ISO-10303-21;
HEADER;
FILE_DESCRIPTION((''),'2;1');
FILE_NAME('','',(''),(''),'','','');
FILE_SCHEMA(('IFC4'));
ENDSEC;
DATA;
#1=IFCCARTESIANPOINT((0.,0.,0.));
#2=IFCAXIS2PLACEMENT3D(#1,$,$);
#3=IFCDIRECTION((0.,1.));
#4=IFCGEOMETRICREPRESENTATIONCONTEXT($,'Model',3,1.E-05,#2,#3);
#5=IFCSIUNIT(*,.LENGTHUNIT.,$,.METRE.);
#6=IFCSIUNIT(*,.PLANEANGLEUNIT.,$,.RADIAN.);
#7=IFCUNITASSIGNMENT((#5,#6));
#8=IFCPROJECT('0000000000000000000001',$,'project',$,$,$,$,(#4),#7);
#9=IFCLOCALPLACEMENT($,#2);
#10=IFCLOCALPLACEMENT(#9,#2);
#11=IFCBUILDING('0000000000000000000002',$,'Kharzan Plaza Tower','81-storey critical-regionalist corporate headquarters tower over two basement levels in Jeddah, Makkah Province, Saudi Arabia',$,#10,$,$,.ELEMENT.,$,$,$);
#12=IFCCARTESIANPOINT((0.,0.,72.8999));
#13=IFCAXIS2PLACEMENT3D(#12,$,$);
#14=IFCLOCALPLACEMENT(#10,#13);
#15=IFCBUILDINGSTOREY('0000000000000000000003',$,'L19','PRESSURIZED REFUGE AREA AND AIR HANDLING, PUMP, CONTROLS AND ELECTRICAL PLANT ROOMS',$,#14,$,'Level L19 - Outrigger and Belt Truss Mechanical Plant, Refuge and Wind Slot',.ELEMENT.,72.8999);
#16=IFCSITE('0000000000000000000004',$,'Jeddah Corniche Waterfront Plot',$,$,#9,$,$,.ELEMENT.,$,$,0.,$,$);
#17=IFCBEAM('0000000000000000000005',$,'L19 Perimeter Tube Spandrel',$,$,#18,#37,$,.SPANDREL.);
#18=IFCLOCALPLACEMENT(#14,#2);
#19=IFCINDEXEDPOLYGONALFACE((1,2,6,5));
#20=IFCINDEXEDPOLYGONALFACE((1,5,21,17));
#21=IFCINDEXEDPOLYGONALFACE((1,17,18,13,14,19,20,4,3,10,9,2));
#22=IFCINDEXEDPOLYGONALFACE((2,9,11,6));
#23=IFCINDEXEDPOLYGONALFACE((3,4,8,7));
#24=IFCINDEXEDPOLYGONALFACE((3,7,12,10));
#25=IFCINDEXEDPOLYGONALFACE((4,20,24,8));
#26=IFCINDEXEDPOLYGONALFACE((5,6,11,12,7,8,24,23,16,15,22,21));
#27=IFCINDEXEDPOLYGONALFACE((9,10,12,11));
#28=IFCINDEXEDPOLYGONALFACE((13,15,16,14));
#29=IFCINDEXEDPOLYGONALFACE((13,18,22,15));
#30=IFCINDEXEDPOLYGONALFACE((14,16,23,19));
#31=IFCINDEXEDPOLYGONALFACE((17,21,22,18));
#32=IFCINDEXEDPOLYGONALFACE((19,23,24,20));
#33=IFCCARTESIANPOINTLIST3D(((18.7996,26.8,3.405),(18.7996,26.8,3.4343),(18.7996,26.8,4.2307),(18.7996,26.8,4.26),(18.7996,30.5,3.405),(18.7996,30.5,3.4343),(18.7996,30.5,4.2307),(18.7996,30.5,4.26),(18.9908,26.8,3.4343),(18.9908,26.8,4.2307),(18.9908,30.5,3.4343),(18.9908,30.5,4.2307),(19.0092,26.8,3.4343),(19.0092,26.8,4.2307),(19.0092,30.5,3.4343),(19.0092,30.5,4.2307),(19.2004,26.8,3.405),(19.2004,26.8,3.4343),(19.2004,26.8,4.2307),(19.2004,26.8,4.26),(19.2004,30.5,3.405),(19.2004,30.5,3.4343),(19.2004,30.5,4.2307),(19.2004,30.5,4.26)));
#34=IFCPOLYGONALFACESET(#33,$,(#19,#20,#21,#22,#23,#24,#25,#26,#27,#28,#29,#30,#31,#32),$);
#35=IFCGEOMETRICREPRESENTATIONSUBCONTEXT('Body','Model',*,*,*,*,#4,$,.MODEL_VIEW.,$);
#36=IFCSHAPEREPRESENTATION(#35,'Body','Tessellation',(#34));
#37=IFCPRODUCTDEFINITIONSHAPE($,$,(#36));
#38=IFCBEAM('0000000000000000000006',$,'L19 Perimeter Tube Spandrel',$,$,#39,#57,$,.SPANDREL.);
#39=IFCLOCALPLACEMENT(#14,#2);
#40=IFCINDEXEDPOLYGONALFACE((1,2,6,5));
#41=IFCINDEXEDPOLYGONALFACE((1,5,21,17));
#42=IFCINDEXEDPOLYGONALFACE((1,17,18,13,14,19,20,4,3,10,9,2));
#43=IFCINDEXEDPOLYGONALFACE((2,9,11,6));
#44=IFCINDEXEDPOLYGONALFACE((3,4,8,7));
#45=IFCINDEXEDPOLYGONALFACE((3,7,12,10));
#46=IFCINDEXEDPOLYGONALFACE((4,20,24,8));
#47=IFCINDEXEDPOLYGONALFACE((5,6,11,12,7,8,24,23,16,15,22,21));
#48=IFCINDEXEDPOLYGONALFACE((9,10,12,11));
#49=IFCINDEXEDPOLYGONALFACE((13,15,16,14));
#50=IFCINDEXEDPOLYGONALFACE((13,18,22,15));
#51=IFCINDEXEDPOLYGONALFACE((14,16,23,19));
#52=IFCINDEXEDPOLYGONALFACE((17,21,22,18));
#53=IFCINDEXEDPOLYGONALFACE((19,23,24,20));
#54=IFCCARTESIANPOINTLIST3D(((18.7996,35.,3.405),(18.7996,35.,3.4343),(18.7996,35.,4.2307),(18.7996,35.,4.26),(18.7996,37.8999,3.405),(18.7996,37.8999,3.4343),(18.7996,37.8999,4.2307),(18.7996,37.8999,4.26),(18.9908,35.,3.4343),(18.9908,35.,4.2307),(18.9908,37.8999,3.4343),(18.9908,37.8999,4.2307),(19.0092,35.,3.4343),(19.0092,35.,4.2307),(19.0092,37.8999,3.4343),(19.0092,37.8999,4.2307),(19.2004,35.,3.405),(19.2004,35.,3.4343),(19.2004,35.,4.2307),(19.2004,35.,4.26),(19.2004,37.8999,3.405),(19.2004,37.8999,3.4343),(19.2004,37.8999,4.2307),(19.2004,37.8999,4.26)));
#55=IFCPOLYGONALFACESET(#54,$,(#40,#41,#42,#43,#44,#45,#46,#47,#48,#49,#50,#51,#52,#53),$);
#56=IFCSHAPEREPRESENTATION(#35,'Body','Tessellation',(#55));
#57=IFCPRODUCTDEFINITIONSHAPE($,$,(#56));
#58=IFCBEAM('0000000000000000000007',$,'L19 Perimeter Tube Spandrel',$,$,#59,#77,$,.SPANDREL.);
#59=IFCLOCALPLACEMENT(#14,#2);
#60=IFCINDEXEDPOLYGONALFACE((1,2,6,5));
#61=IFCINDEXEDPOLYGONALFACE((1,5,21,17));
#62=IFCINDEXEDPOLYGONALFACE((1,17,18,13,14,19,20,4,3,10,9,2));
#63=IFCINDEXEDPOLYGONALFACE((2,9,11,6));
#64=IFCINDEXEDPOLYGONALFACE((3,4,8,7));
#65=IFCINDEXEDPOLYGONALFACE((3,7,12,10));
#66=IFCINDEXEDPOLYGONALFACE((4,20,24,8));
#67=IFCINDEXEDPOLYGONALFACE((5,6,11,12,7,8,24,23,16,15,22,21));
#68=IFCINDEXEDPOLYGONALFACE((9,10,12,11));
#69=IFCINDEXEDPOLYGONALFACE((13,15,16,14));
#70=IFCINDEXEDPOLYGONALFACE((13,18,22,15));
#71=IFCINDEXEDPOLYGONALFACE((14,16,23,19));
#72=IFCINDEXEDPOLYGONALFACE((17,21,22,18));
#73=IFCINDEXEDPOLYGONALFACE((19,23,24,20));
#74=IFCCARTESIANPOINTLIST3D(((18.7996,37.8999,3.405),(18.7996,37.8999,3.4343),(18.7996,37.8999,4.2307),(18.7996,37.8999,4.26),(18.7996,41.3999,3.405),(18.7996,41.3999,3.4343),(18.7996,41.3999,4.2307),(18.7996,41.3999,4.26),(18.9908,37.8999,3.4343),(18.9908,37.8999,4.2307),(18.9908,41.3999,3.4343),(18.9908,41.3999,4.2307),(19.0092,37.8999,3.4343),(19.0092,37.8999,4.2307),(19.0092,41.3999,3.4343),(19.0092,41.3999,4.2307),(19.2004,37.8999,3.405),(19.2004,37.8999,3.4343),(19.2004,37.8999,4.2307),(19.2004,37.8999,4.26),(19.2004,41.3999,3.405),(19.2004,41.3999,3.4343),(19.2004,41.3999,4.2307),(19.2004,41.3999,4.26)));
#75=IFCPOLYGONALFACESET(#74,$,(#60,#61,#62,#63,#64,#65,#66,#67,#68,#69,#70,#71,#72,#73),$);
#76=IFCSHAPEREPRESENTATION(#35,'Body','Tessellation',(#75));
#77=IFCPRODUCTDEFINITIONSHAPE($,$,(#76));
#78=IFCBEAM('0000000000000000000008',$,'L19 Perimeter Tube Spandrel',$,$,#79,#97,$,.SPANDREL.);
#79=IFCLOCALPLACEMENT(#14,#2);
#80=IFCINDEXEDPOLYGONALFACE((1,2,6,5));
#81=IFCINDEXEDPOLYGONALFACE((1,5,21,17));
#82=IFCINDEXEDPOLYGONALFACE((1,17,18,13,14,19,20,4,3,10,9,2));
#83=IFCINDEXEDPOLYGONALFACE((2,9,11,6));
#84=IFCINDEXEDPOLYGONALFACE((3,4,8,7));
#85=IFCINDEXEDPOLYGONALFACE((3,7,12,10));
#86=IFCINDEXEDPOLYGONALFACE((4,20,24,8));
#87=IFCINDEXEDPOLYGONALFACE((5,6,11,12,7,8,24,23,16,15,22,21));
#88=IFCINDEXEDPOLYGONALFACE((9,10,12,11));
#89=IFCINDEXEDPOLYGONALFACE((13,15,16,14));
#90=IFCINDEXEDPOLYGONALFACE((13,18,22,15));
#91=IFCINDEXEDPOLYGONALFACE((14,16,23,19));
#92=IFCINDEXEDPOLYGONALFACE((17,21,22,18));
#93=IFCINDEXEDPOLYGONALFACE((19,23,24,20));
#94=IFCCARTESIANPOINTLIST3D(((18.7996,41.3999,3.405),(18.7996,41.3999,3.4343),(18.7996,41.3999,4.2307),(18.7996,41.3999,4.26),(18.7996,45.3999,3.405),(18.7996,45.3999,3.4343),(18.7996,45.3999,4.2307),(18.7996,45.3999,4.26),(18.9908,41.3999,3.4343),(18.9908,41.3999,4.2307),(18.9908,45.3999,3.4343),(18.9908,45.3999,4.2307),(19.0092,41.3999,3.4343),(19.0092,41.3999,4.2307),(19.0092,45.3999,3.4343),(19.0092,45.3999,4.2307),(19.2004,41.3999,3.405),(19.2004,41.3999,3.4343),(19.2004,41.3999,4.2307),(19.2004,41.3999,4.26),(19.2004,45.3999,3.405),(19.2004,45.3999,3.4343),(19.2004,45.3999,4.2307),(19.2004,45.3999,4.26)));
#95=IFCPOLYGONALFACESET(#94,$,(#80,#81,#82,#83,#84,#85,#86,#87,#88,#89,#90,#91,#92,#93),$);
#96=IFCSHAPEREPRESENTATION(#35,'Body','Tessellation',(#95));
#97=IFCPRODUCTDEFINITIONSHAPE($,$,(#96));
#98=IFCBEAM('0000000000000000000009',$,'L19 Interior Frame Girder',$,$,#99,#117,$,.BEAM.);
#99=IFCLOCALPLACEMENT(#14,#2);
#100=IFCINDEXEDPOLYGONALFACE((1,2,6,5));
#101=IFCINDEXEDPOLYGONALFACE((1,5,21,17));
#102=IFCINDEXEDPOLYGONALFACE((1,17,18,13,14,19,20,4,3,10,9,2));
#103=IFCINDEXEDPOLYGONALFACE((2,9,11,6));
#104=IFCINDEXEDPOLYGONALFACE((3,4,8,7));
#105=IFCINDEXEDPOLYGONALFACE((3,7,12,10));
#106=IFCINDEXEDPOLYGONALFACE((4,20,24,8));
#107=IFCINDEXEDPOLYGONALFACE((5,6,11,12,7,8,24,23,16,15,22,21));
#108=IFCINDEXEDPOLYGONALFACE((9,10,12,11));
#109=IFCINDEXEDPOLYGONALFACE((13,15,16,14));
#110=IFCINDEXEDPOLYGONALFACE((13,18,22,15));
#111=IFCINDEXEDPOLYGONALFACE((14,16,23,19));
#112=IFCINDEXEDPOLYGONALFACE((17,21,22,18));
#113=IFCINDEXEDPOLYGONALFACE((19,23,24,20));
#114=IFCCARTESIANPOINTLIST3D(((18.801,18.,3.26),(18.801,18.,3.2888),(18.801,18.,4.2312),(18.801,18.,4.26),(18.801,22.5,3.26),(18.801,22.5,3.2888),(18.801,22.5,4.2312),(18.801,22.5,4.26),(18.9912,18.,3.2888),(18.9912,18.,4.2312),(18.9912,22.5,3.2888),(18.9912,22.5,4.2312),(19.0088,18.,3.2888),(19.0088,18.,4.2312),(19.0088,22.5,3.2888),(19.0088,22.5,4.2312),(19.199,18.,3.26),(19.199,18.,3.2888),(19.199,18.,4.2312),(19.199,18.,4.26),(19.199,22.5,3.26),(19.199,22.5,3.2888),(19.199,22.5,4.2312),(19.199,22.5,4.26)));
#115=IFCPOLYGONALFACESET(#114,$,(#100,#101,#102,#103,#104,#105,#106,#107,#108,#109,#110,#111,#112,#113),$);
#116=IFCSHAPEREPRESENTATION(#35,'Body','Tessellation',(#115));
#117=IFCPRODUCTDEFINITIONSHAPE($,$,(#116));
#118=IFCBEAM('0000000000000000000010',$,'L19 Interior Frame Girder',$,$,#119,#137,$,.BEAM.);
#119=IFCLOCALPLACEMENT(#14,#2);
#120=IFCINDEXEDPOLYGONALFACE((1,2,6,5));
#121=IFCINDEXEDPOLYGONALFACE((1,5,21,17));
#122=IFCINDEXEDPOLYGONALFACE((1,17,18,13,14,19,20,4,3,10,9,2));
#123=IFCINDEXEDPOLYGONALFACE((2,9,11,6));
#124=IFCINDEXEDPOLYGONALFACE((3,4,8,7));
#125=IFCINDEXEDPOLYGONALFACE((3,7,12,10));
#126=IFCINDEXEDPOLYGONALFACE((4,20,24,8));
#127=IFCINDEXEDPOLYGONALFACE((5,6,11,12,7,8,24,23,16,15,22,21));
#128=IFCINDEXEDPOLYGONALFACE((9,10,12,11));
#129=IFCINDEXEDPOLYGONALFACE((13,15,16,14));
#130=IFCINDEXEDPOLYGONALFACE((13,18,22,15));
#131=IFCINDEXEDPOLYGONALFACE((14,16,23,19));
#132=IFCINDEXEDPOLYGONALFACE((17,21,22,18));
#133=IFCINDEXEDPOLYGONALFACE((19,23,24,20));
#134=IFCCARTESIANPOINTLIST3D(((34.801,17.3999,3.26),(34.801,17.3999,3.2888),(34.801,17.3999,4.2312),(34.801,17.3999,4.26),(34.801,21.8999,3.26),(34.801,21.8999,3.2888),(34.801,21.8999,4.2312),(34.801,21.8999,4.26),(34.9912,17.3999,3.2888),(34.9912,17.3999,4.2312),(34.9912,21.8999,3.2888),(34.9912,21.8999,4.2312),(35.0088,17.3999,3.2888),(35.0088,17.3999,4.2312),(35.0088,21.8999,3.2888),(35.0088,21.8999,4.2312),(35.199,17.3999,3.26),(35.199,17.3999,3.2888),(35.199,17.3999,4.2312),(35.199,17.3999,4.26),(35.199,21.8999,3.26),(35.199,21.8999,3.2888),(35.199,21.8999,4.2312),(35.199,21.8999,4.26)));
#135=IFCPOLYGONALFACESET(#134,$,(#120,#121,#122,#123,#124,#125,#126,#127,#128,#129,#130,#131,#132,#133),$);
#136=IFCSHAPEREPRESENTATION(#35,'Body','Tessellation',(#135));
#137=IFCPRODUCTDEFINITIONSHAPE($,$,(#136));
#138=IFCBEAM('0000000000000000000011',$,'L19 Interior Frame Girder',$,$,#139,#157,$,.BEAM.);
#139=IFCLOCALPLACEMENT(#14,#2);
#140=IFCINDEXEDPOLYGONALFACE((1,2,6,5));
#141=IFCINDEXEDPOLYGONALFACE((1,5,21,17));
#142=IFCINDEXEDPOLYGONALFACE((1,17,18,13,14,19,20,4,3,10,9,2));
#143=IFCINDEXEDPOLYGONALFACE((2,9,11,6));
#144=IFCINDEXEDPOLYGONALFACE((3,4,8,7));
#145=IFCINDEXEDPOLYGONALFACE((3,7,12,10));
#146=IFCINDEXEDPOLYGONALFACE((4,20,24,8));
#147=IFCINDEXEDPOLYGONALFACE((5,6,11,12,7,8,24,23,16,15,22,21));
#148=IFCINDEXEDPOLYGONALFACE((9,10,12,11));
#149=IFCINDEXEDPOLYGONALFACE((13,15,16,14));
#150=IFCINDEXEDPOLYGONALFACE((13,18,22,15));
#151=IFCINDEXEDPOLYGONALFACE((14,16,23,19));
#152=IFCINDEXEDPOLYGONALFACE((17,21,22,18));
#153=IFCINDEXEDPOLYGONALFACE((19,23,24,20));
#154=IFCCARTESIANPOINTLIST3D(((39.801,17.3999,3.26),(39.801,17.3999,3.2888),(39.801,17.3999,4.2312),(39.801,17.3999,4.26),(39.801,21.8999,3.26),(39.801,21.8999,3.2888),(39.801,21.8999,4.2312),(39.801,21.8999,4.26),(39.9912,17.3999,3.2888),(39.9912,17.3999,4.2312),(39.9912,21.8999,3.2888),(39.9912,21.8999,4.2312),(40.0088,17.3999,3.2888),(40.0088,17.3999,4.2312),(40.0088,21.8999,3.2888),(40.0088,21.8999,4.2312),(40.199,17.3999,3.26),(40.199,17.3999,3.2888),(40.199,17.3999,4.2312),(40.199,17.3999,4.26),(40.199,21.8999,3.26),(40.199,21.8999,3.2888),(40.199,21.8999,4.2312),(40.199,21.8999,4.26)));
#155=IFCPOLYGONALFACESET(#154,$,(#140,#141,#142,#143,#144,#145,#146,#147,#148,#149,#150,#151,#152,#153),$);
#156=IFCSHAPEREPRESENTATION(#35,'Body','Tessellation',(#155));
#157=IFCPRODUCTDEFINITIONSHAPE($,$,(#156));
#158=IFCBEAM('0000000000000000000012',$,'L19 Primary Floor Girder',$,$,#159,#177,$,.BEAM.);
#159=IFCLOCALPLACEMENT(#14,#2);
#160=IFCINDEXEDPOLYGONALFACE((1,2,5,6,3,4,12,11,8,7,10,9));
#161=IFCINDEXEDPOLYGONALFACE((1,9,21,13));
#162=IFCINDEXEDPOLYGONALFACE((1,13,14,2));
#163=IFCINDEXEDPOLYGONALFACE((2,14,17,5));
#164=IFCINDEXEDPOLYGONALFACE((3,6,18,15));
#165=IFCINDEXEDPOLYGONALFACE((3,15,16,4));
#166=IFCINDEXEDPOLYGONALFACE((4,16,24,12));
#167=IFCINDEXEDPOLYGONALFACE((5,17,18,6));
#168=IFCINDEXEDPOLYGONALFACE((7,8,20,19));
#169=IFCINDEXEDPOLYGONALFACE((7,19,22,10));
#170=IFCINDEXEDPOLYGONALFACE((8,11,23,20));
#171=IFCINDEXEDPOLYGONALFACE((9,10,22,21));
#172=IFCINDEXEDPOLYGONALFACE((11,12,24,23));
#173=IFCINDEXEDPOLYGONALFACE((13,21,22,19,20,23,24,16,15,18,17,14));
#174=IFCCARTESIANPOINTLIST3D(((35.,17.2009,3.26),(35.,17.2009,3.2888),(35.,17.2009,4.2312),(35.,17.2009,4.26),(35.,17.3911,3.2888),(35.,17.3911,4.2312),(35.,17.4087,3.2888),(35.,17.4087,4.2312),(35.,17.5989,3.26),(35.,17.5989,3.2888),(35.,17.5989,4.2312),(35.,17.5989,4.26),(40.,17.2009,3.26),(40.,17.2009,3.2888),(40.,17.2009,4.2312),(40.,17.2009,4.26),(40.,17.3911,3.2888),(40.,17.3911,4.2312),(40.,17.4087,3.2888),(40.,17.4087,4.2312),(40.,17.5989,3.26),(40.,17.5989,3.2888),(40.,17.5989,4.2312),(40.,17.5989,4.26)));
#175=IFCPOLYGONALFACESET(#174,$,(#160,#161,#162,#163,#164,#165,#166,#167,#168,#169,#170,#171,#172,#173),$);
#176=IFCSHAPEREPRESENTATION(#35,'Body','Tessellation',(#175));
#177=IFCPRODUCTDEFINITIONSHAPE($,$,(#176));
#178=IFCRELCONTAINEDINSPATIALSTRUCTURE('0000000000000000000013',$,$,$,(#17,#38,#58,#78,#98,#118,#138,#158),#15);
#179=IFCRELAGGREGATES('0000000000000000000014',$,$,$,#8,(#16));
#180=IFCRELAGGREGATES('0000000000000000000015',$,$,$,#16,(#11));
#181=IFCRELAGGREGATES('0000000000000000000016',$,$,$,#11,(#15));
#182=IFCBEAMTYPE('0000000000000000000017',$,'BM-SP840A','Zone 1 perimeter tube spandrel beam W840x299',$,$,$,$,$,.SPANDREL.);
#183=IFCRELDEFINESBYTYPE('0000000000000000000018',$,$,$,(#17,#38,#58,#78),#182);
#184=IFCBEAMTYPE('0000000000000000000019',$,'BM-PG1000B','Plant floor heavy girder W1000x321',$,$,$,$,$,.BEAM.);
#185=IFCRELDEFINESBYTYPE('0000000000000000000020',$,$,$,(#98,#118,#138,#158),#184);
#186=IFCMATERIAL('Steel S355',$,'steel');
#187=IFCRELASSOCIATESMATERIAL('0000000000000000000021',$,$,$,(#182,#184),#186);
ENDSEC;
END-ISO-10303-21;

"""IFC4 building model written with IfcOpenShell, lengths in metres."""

from ifc_helpers import new_model, si_unit, direction, frame, origin, origin_2d, place, context, subcontext, project, spatial, i_section, extrude, source, transform, mapped, material, material_profile, profile_set, type_object, element, save


model = new_model("IFC4")

# Units and contexts
model_context = context("Model", 3, precision=1e-05, world=origin(), true_north=direction((0.0, 1.0)))
body_context = subcontext(model_context, "Body", "Model", "MODEL_VIEW")
ifc_project = project(units=[si_unit("LENGTHUNIT", "METRE"), si_unit("PLANEANGLEUNIT", "RADIAN")], contexts=[model_context])

# Site, building, storey
site_placement = place(None, origin())
site = spatial("IfcSite", under=ifc_project, at=site_placement, Name="Jeddah Corniche Waterfront Plot", CompositionType="ELEMENT", RefElevation=0.0)
building_placement = place(site_placement, origin())
building = spatial("IfcBuilding", under=site, at=building_placement, Name="Kharzan Plaza Tower", Description="81-storey critical-regionalist corporate headquarters tower over two basement levels in Jeddah, Makkah Province, Saudi Arabia", CompositionType="ELEMENT")
storey_placement = place(building_placement, frame((0.0, 0.0, 72.8999)))
storey = spatial("IfcBuildingStorey", under=building, at=storey_placement, Name="L19", Description="PRESSURIZED REFUGE AREA AND AIR HANDLING, PUMP, CONTROLS AND ELECTRICAL PLANT ROOMS", LongName="Level L19 - Outrigger and Belt Truss Mechanical Plant, Refuge and Wind Slot", CompositionType="ELEMENT", Elevation=72.8999)

# Beams
ifc_material_1 = material(Name="Steel S355", Category="steel")
ifc_material_profile_1 = material_profile(ifc_material_1, i_section(OverallWidth=0.4009, OverallDepth=0.855, WebThickness=0.0183, FlangeThickness=0.0293, at=origin_2d()), Name="W840x299")
ifc_profile_set_1 = profile_set([ifc_material_profile_1], Name="Steel S355")
beam_type_1 = type_object("IfcBeamType", Name="BM-SP840A", Description="Zone 1 perimeter tube spandrel beam W840x299", PredefinedType="SPANDREL", material=ifc_profile_set_1)
shared_shape_1 = source(origin(), body_context, "Body", "SweptSolid", [
    extrude(i_section(OverallWidth=0.4009, OverallDepth=0.855, WebThickness=0.0183, FlangeThickness=0.0293, at=origin_2d()), origin(), (0.0, 0.0, 1.0), 3.7),
])
beam_1_placement = place(storey_placement, frame((19.0, 26.8, 3.8325), z_axis=(0.0, 1.0, 0.0), x_axis=(-1.0, 0.0, 0.0)))
element("IfcBeam", 1, at=beam_1_placement, inside=storey, type_object=beam_type_1, Name="L19 Perimeter Tube Spandrel", PredefinedType="SPANDREL", context=body_context, shape_type="MappedRepresentation", body=[
    mapped(shared_shape_1, transform((0.0, 0.0, 0.0), x_axis=(1.0, 0.0, 0.0), y_axis=(0.0, 1.0, 0.0), z_axis=(0.0, 0.0, 1.0))),
])
shared_shape_2 = source(origin(), body_context, "Body", "SweptSolid", [
    extrude(i_section(OverallWidth=0.4009, OverallDepth=0.855, WebThickness=0.0183, FlangeThickness=0.0293, at=origin_2d()), origin(), (0.0, 0.0, 1.0), 2.8999),
])
beam_2_placement = place(storey_placement, frame((19.0, 35.0, 3.8325), z_axis=(0.0, 1.0, 0.0), x_axis=(-1.0, 0.0, 0.0)))
element("IfcBeam", 2, at=beam_2_placement, inside=storey, type_object=beam_type_1, Name="L19 Perimeter Tube Spandrel", PredefinedType="SPANDREL", context=body_context, shape_type="MappedRepresentation", body=[
    mapped(shared_shape_2, transform((0.0, 0.0, 0.0), x_axis=(1.0, 0.0, 0.0), y_axis=(0.0, 1.0, 0.0), z_axis=(0.0, 0.0, 1.0))),
])
shared_shape_3 = source(origin(), body_context, "Body", "SweptSolid", [
    extrude(i_section(OverallWidth=0.4009, OverallDepth=0.855, WebThickness=0.0183, FlangeThickness=0.0293, at=origin_2d()), origin(), (0.0, 0.0, 1.0), 3.5),
])
beam_3_placement = place(storey_placement, frame((19.0, 37.8999, 3.8325), z_axis=(0.0, 1.0, 0.0), x_axis=(-1.0, 0.0, 0.0)))
element("IfcBeam", 3, at=beam_3_placement, inside=storey, type_object=beam_type_1, Name="L19 Perimeter Tube Spandrel", PredefinedType="SPANDREL", context=body_context, shape_type="MappedRepresentation", body=[
    mapped(shared_shape_3, transform((0.0, 0.0, 0.0), x_axis=(1.0, 0.0, 0.0), y_axis=(0.0, 1.0, 0.0), z_axis=(0.0, 0.0, 1.0))),
])
shared_shape_4 = source(origin(), body_context, "Body", "SweptSolid", [
    extrude(i_section(OverallWidth=0.4009, OverallDepth=0.855, WebThickness=0.0183, FlangeThickness=0.0293, at=origin_2d()), origin(), (0.0, 0.0, 1.0), 4.0),
])
beam_4_placement = place(storey_placement, frame((19.0, 41.3999, 3.8325), z_axis=(0.0, 1.0, 0.0), x_axis=(-1.0, 0.0, 0.0)))
element("IfcBeam", 4, at=beam_4_placement, inside=storey, type_object=beam_type_1, Name="L19 Perimeter Tube Spandrel", PredefinedType="SPANDREL", context=body_context, shape_type="MappedRepresentation", body=[
    mapped(shared_shape_4, transform((0.0, 0.0, 0.0), x_axis=(1.0, 0.0, 0.0), y_axis=(0.0, 1.0, 0.0), z_axis=(0.0, 0.0, 1.0))),
])
ifc_material_profile_2 = material_profile(ifc_material_1, i_section(OverallWidth=0.3979, OverallDepth=1.0, WebThickness=0.0176, FlangeThickness=0.0288, at=origin_2d()), Name="W1000x321")
ifc_profile_set_2 = profile_set([ifc_material_profile_2], Name="Steel S355")
beam_type_2 = type_object("IfcBeamType", Name="BM-PG1000B", Description="Plant floor heavy girder W1000x321", PredefinedType="BEAM", material=ifc_profile_set_2)
shared_shape_5 = source(origin(), body_context, "Body", "SweptSolid", [
    extrude(i_section(OverallWidth=0.3979, OverallDepth=1.0, WebThickness=0.0176, FlangeThickness=0.0288, at=origin_2d()), origin(), (0.0, 0.0, 1.0), 4.5),
])
for number, where, z_axis, x_axis, name in (
    (5, (19.0, 18.0, 3.76), (0.0, 1.0, 0.0), (-1.0, 0.0, 0.0), "L19 Interior Frame Girder"),
    (6, (35.0, 17.3999, 3.76), (0.0, 1.0, 0.0), (-1.0, 0.0, 0.0), "L19 Interior Frame Girder"),
    (7, (40.0, 17.3999, 3.76), (0.0, 1.0, 0.0), (-1.0, 0.0, 0.0), "L19 Interior Frame Girder"),
):
    element("IfcBeam", number, at=place(storey_placement, frame(where, z_axis=z_axis, x_axis=x_axis)), inside=storey, type_object=beam_type_2, Name=name, PredefinedType="BEAM", context=body_context, shape_type="MappedRepresentation", body=[
        mapped(shared_shape_5, transform((0.0, 0.0, 0.0), x_axis=(1.0, 0.0, 0.0), y_axis=(0.0, 1.0, 0.0), z_axis=(0.0, 0.0, 1.0))),
    ])
shared_shape_6 = source(origin(), body_context, "Body", "SweptSolid", [
    extrude(i_section(OverallWidth=0.3979, OverallDepth=1.0, WebThickness=0.0176, FlangeThickness=0.0288, at=origin_2d()), origin(), (0.0, 0.0, 1.0), 5.0),
])
beam_5_placement = place(storey_placement, frame((35.0, 17.3999, 3.76), z_axis=(1.0, 0.0, 0.0), x_axis=(0.0, 1.0, 0.0)))
element("IfcBeam", 8, at=beam_5_placement, inside=storey, type_object=beam_type_2, Name="L19 Primary Floor Girder", PredefinedType="BEAM", context=body_context, shape_type="MappedRepresentation", body=[
    mapped(shared_shape_6, transform((0.0, 0.0, 0.0), x_axis=(1.0, 0.0, 0.0), y_axis=(0.0, 1.0, 0.0), z_axis=(0.0, 0.0, 1.0))),
])

save(model, "model.ifc")
